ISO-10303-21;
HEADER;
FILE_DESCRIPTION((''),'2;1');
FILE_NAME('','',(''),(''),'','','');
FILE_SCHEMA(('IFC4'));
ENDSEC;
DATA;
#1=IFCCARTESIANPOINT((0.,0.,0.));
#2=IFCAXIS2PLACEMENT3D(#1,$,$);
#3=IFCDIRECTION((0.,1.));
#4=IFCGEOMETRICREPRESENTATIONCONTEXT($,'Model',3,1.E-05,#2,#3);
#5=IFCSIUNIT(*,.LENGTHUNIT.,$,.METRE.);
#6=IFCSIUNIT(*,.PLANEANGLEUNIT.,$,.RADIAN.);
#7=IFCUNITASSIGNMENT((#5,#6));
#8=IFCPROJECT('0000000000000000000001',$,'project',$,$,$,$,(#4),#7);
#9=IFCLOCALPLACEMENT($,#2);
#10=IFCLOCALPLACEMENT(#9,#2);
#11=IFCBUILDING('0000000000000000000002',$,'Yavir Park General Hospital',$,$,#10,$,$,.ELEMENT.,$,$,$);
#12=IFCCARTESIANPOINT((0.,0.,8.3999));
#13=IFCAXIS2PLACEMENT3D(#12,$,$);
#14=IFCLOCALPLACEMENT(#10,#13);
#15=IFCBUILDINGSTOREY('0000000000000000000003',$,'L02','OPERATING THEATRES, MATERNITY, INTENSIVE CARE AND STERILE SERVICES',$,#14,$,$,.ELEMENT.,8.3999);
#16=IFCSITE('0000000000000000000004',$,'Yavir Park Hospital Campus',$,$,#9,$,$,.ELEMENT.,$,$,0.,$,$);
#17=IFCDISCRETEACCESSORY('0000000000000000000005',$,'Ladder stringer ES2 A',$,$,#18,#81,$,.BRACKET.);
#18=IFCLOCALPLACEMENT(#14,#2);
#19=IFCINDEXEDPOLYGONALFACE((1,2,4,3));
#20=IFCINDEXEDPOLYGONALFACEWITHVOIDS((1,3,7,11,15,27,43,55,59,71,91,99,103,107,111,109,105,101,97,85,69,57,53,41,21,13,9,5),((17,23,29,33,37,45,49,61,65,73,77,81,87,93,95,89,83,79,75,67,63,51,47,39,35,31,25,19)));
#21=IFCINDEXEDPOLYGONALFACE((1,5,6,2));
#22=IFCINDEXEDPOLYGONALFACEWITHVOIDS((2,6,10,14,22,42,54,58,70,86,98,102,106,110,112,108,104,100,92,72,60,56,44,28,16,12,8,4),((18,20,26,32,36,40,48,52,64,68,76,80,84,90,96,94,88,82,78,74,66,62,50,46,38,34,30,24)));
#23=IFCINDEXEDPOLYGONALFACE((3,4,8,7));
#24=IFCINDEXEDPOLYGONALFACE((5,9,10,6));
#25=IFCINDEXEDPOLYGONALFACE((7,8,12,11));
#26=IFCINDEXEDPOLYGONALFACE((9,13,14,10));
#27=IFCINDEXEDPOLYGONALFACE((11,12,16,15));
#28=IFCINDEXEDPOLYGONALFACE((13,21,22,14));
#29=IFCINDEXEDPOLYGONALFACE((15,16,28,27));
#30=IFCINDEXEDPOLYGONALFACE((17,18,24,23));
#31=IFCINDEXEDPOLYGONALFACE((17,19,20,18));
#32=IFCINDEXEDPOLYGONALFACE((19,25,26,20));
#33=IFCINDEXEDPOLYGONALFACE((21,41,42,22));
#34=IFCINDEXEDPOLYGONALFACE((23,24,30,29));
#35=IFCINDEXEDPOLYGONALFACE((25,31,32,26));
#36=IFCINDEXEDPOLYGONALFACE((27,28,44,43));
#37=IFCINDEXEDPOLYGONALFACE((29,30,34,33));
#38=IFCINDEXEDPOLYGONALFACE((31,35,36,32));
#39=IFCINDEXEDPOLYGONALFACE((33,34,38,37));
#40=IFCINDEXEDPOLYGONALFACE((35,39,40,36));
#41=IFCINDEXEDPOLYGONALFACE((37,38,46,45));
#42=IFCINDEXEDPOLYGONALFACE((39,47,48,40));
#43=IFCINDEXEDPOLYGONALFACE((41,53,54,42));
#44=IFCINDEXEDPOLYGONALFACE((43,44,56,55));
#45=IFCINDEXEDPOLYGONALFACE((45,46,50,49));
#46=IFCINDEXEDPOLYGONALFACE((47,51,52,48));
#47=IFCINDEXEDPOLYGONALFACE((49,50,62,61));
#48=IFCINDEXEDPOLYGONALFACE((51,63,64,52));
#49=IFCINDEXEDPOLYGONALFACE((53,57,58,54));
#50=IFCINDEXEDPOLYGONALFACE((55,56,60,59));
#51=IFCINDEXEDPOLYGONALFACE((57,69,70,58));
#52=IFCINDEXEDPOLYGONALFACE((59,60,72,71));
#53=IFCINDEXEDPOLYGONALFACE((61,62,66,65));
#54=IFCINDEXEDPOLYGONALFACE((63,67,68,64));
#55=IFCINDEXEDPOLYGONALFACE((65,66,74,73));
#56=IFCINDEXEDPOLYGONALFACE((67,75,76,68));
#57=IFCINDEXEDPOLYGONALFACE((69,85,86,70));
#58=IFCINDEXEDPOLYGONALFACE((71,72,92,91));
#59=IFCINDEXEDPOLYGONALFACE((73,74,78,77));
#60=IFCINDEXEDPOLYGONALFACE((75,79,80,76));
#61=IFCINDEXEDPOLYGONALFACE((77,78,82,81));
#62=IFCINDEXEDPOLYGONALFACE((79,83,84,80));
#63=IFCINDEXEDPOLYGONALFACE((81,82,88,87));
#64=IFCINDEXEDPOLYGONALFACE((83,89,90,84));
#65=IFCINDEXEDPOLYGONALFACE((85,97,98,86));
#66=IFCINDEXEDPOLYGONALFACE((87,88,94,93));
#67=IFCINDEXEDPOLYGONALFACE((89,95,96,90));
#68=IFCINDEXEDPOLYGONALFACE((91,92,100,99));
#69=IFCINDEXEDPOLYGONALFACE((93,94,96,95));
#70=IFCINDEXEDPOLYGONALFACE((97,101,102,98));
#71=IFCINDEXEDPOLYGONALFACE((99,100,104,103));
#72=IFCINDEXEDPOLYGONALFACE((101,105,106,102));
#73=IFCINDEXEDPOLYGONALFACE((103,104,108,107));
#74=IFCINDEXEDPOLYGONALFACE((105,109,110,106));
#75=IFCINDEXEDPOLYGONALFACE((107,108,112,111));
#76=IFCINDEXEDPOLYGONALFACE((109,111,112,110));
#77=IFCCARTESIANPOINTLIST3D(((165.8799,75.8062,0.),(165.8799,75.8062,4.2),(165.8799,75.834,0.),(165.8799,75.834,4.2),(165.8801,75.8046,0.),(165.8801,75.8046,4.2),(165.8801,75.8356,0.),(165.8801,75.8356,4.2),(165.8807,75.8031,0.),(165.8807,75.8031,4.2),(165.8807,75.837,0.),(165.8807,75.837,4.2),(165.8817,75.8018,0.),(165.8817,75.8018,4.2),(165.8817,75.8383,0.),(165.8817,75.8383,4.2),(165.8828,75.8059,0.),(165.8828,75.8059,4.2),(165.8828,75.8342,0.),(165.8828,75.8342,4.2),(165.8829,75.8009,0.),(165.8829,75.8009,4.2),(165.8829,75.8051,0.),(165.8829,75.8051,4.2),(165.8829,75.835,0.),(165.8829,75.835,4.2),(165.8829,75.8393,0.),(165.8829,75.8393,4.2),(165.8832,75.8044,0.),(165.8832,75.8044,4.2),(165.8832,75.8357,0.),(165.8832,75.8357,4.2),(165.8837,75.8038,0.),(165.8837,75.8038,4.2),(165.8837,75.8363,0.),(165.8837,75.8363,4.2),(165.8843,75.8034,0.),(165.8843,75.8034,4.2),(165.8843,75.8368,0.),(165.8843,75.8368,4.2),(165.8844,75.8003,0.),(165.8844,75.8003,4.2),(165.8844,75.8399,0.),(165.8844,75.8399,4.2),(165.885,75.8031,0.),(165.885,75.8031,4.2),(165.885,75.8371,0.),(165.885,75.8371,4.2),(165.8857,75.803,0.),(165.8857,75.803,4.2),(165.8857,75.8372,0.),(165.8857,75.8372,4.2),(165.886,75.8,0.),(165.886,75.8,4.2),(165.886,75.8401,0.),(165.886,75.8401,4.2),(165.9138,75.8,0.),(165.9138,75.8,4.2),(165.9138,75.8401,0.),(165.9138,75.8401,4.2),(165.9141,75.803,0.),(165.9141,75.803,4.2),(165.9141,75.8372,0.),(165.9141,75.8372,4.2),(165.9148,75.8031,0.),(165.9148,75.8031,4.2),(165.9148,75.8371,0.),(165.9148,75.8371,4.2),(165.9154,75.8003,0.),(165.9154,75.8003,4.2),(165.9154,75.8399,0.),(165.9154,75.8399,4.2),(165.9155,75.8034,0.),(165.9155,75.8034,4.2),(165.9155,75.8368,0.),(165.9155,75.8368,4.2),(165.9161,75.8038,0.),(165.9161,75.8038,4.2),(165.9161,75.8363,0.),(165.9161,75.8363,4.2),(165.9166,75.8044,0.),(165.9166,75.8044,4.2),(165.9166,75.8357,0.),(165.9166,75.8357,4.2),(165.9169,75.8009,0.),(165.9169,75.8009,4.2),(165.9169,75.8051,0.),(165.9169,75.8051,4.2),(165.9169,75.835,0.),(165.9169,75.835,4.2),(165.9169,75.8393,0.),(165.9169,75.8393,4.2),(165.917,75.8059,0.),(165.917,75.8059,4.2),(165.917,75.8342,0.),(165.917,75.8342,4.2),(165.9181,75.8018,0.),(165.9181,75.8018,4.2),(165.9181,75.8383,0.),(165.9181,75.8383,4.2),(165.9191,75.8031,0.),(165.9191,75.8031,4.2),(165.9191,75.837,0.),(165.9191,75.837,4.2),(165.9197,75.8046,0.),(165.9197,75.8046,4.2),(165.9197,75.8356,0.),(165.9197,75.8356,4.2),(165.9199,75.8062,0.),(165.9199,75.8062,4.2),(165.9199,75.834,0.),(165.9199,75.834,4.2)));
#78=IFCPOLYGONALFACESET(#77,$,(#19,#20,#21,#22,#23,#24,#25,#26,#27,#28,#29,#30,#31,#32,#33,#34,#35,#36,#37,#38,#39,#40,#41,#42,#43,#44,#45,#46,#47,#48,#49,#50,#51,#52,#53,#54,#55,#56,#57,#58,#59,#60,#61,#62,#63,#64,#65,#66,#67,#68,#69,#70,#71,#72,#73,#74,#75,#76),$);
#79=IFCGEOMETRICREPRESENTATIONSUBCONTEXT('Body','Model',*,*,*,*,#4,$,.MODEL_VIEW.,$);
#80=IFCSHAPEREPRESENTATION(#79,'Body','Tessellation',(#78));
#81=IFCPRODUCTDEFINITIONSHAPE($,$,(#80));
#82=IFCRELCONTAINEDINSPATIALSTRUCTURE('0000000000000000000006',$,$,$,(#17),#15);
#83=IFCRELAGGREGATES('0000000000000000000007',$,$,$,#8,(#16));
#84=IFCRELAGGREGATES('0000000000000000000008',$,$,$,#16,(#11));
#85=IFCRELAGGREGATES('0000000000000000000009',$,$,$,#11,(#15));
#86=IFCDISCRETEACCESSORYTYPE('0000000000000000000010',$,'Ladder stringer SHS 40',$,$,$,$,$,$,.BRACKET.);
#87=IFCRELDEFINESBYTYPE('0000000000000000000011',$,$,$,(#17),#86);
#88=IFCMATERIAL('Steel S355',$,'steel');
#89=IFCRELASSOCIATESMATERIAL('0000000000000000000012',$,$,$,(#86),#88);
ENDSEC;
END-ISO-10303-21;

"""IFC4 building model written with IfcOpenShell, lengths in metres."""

from ifc_helpers import new_model, si_unit, direction, frame, origin, origin_2d, place, context, subcontext, project, spatial, hollow_rectangle, extrude, material, material_profile, profile_set, type_object, element, save


model = new_model("IFC4")

# Units and contexts
model_context = context("Model", 3, precision=1e-05, world=origin(), true_north=direction((0.0, 1.0)))
body_context = subcontext(model_context, "Body", "Model", "MODEL_VIEW")
ifc_project = project(units=[si_unit("LENGTHUNIT", "METRE"), si_unit("PLANEANGLEUNIT", "RADIAN")], contexts=[model_context])

# Site, building, storey
site_placement = place(None, origin())
site = spatial("IfcSite", under=ifc_project, at=site_placement, Name="Yavir Park Hospital Campus", CompositionType="ELEMENT", RefElevation=0.0)
building_placement = place(site_placement, origin())
building = spatial("IfcBuilding", under=site, at=building_placement, Name="Yavir Park General Hospital", CompositionType="ELEMENT")
storey_placement = place(building_placement, frame((0.0, 0.0, 8.3999)))
storey = spatial("IfcBuildingStorey", under=building, at=storey_placement, Name="L02", Description="OPERATING THEATRES, MATERNITY, INTENSIVE CARE AND STERILE SERVICES", CompositionType="ELEMENT", Elevation=8.3999)

# Discrete accessory
ifc_material_1 = material(Name="Steel S355", Category="steel")
ifc_material_profile_1 = material_profile(ifc_material_1, hollow_rectangle(XDim=0.04, YDim=0.04, WallThickness=0.0029, InnerFilletRadius=0.0029, OuterFilletRadius=0.0061, at=origin_2d()), Name="RHS40x40x3")
ifc_profile_set_1 = profile_set([ifc_material_profile_1], Name="Steel S355")
discrete_accessory_type_1 = type_object("IfcDiscreteAccessoryType", Name="Ladder stringer SHS 40", PredefinedType="BRACKET", material=ifc_profile_set_1)
discrete_accessory_placement = place(storey_placement, frame((165.8999, 75.8201, 0.0), z_axis=(0.0, 0.0, 1.0), x_axis=(1.0, 0.0, 0.0)))
element("IfcDiscreteAccessory", 1, at=discrete_accessory_placement, inside=storey, type_object=discrete_accessory_type_1, Name="Ladder stringer ES2 A", PredefinedType="BRACKET", context=body_context, shape_type="SweptSolid", body=[
    extrude(hollow_rectangle(XDim=0.04, YDim=0.04, WallThickness=0.0029, InnerFilletRadius=0.0029, OuterFilletRadius=0.0061, at=origin_2d()), origin(), (0.0, 0.0, 1.0), 4.2),
])

save(model, "model.ifc")
